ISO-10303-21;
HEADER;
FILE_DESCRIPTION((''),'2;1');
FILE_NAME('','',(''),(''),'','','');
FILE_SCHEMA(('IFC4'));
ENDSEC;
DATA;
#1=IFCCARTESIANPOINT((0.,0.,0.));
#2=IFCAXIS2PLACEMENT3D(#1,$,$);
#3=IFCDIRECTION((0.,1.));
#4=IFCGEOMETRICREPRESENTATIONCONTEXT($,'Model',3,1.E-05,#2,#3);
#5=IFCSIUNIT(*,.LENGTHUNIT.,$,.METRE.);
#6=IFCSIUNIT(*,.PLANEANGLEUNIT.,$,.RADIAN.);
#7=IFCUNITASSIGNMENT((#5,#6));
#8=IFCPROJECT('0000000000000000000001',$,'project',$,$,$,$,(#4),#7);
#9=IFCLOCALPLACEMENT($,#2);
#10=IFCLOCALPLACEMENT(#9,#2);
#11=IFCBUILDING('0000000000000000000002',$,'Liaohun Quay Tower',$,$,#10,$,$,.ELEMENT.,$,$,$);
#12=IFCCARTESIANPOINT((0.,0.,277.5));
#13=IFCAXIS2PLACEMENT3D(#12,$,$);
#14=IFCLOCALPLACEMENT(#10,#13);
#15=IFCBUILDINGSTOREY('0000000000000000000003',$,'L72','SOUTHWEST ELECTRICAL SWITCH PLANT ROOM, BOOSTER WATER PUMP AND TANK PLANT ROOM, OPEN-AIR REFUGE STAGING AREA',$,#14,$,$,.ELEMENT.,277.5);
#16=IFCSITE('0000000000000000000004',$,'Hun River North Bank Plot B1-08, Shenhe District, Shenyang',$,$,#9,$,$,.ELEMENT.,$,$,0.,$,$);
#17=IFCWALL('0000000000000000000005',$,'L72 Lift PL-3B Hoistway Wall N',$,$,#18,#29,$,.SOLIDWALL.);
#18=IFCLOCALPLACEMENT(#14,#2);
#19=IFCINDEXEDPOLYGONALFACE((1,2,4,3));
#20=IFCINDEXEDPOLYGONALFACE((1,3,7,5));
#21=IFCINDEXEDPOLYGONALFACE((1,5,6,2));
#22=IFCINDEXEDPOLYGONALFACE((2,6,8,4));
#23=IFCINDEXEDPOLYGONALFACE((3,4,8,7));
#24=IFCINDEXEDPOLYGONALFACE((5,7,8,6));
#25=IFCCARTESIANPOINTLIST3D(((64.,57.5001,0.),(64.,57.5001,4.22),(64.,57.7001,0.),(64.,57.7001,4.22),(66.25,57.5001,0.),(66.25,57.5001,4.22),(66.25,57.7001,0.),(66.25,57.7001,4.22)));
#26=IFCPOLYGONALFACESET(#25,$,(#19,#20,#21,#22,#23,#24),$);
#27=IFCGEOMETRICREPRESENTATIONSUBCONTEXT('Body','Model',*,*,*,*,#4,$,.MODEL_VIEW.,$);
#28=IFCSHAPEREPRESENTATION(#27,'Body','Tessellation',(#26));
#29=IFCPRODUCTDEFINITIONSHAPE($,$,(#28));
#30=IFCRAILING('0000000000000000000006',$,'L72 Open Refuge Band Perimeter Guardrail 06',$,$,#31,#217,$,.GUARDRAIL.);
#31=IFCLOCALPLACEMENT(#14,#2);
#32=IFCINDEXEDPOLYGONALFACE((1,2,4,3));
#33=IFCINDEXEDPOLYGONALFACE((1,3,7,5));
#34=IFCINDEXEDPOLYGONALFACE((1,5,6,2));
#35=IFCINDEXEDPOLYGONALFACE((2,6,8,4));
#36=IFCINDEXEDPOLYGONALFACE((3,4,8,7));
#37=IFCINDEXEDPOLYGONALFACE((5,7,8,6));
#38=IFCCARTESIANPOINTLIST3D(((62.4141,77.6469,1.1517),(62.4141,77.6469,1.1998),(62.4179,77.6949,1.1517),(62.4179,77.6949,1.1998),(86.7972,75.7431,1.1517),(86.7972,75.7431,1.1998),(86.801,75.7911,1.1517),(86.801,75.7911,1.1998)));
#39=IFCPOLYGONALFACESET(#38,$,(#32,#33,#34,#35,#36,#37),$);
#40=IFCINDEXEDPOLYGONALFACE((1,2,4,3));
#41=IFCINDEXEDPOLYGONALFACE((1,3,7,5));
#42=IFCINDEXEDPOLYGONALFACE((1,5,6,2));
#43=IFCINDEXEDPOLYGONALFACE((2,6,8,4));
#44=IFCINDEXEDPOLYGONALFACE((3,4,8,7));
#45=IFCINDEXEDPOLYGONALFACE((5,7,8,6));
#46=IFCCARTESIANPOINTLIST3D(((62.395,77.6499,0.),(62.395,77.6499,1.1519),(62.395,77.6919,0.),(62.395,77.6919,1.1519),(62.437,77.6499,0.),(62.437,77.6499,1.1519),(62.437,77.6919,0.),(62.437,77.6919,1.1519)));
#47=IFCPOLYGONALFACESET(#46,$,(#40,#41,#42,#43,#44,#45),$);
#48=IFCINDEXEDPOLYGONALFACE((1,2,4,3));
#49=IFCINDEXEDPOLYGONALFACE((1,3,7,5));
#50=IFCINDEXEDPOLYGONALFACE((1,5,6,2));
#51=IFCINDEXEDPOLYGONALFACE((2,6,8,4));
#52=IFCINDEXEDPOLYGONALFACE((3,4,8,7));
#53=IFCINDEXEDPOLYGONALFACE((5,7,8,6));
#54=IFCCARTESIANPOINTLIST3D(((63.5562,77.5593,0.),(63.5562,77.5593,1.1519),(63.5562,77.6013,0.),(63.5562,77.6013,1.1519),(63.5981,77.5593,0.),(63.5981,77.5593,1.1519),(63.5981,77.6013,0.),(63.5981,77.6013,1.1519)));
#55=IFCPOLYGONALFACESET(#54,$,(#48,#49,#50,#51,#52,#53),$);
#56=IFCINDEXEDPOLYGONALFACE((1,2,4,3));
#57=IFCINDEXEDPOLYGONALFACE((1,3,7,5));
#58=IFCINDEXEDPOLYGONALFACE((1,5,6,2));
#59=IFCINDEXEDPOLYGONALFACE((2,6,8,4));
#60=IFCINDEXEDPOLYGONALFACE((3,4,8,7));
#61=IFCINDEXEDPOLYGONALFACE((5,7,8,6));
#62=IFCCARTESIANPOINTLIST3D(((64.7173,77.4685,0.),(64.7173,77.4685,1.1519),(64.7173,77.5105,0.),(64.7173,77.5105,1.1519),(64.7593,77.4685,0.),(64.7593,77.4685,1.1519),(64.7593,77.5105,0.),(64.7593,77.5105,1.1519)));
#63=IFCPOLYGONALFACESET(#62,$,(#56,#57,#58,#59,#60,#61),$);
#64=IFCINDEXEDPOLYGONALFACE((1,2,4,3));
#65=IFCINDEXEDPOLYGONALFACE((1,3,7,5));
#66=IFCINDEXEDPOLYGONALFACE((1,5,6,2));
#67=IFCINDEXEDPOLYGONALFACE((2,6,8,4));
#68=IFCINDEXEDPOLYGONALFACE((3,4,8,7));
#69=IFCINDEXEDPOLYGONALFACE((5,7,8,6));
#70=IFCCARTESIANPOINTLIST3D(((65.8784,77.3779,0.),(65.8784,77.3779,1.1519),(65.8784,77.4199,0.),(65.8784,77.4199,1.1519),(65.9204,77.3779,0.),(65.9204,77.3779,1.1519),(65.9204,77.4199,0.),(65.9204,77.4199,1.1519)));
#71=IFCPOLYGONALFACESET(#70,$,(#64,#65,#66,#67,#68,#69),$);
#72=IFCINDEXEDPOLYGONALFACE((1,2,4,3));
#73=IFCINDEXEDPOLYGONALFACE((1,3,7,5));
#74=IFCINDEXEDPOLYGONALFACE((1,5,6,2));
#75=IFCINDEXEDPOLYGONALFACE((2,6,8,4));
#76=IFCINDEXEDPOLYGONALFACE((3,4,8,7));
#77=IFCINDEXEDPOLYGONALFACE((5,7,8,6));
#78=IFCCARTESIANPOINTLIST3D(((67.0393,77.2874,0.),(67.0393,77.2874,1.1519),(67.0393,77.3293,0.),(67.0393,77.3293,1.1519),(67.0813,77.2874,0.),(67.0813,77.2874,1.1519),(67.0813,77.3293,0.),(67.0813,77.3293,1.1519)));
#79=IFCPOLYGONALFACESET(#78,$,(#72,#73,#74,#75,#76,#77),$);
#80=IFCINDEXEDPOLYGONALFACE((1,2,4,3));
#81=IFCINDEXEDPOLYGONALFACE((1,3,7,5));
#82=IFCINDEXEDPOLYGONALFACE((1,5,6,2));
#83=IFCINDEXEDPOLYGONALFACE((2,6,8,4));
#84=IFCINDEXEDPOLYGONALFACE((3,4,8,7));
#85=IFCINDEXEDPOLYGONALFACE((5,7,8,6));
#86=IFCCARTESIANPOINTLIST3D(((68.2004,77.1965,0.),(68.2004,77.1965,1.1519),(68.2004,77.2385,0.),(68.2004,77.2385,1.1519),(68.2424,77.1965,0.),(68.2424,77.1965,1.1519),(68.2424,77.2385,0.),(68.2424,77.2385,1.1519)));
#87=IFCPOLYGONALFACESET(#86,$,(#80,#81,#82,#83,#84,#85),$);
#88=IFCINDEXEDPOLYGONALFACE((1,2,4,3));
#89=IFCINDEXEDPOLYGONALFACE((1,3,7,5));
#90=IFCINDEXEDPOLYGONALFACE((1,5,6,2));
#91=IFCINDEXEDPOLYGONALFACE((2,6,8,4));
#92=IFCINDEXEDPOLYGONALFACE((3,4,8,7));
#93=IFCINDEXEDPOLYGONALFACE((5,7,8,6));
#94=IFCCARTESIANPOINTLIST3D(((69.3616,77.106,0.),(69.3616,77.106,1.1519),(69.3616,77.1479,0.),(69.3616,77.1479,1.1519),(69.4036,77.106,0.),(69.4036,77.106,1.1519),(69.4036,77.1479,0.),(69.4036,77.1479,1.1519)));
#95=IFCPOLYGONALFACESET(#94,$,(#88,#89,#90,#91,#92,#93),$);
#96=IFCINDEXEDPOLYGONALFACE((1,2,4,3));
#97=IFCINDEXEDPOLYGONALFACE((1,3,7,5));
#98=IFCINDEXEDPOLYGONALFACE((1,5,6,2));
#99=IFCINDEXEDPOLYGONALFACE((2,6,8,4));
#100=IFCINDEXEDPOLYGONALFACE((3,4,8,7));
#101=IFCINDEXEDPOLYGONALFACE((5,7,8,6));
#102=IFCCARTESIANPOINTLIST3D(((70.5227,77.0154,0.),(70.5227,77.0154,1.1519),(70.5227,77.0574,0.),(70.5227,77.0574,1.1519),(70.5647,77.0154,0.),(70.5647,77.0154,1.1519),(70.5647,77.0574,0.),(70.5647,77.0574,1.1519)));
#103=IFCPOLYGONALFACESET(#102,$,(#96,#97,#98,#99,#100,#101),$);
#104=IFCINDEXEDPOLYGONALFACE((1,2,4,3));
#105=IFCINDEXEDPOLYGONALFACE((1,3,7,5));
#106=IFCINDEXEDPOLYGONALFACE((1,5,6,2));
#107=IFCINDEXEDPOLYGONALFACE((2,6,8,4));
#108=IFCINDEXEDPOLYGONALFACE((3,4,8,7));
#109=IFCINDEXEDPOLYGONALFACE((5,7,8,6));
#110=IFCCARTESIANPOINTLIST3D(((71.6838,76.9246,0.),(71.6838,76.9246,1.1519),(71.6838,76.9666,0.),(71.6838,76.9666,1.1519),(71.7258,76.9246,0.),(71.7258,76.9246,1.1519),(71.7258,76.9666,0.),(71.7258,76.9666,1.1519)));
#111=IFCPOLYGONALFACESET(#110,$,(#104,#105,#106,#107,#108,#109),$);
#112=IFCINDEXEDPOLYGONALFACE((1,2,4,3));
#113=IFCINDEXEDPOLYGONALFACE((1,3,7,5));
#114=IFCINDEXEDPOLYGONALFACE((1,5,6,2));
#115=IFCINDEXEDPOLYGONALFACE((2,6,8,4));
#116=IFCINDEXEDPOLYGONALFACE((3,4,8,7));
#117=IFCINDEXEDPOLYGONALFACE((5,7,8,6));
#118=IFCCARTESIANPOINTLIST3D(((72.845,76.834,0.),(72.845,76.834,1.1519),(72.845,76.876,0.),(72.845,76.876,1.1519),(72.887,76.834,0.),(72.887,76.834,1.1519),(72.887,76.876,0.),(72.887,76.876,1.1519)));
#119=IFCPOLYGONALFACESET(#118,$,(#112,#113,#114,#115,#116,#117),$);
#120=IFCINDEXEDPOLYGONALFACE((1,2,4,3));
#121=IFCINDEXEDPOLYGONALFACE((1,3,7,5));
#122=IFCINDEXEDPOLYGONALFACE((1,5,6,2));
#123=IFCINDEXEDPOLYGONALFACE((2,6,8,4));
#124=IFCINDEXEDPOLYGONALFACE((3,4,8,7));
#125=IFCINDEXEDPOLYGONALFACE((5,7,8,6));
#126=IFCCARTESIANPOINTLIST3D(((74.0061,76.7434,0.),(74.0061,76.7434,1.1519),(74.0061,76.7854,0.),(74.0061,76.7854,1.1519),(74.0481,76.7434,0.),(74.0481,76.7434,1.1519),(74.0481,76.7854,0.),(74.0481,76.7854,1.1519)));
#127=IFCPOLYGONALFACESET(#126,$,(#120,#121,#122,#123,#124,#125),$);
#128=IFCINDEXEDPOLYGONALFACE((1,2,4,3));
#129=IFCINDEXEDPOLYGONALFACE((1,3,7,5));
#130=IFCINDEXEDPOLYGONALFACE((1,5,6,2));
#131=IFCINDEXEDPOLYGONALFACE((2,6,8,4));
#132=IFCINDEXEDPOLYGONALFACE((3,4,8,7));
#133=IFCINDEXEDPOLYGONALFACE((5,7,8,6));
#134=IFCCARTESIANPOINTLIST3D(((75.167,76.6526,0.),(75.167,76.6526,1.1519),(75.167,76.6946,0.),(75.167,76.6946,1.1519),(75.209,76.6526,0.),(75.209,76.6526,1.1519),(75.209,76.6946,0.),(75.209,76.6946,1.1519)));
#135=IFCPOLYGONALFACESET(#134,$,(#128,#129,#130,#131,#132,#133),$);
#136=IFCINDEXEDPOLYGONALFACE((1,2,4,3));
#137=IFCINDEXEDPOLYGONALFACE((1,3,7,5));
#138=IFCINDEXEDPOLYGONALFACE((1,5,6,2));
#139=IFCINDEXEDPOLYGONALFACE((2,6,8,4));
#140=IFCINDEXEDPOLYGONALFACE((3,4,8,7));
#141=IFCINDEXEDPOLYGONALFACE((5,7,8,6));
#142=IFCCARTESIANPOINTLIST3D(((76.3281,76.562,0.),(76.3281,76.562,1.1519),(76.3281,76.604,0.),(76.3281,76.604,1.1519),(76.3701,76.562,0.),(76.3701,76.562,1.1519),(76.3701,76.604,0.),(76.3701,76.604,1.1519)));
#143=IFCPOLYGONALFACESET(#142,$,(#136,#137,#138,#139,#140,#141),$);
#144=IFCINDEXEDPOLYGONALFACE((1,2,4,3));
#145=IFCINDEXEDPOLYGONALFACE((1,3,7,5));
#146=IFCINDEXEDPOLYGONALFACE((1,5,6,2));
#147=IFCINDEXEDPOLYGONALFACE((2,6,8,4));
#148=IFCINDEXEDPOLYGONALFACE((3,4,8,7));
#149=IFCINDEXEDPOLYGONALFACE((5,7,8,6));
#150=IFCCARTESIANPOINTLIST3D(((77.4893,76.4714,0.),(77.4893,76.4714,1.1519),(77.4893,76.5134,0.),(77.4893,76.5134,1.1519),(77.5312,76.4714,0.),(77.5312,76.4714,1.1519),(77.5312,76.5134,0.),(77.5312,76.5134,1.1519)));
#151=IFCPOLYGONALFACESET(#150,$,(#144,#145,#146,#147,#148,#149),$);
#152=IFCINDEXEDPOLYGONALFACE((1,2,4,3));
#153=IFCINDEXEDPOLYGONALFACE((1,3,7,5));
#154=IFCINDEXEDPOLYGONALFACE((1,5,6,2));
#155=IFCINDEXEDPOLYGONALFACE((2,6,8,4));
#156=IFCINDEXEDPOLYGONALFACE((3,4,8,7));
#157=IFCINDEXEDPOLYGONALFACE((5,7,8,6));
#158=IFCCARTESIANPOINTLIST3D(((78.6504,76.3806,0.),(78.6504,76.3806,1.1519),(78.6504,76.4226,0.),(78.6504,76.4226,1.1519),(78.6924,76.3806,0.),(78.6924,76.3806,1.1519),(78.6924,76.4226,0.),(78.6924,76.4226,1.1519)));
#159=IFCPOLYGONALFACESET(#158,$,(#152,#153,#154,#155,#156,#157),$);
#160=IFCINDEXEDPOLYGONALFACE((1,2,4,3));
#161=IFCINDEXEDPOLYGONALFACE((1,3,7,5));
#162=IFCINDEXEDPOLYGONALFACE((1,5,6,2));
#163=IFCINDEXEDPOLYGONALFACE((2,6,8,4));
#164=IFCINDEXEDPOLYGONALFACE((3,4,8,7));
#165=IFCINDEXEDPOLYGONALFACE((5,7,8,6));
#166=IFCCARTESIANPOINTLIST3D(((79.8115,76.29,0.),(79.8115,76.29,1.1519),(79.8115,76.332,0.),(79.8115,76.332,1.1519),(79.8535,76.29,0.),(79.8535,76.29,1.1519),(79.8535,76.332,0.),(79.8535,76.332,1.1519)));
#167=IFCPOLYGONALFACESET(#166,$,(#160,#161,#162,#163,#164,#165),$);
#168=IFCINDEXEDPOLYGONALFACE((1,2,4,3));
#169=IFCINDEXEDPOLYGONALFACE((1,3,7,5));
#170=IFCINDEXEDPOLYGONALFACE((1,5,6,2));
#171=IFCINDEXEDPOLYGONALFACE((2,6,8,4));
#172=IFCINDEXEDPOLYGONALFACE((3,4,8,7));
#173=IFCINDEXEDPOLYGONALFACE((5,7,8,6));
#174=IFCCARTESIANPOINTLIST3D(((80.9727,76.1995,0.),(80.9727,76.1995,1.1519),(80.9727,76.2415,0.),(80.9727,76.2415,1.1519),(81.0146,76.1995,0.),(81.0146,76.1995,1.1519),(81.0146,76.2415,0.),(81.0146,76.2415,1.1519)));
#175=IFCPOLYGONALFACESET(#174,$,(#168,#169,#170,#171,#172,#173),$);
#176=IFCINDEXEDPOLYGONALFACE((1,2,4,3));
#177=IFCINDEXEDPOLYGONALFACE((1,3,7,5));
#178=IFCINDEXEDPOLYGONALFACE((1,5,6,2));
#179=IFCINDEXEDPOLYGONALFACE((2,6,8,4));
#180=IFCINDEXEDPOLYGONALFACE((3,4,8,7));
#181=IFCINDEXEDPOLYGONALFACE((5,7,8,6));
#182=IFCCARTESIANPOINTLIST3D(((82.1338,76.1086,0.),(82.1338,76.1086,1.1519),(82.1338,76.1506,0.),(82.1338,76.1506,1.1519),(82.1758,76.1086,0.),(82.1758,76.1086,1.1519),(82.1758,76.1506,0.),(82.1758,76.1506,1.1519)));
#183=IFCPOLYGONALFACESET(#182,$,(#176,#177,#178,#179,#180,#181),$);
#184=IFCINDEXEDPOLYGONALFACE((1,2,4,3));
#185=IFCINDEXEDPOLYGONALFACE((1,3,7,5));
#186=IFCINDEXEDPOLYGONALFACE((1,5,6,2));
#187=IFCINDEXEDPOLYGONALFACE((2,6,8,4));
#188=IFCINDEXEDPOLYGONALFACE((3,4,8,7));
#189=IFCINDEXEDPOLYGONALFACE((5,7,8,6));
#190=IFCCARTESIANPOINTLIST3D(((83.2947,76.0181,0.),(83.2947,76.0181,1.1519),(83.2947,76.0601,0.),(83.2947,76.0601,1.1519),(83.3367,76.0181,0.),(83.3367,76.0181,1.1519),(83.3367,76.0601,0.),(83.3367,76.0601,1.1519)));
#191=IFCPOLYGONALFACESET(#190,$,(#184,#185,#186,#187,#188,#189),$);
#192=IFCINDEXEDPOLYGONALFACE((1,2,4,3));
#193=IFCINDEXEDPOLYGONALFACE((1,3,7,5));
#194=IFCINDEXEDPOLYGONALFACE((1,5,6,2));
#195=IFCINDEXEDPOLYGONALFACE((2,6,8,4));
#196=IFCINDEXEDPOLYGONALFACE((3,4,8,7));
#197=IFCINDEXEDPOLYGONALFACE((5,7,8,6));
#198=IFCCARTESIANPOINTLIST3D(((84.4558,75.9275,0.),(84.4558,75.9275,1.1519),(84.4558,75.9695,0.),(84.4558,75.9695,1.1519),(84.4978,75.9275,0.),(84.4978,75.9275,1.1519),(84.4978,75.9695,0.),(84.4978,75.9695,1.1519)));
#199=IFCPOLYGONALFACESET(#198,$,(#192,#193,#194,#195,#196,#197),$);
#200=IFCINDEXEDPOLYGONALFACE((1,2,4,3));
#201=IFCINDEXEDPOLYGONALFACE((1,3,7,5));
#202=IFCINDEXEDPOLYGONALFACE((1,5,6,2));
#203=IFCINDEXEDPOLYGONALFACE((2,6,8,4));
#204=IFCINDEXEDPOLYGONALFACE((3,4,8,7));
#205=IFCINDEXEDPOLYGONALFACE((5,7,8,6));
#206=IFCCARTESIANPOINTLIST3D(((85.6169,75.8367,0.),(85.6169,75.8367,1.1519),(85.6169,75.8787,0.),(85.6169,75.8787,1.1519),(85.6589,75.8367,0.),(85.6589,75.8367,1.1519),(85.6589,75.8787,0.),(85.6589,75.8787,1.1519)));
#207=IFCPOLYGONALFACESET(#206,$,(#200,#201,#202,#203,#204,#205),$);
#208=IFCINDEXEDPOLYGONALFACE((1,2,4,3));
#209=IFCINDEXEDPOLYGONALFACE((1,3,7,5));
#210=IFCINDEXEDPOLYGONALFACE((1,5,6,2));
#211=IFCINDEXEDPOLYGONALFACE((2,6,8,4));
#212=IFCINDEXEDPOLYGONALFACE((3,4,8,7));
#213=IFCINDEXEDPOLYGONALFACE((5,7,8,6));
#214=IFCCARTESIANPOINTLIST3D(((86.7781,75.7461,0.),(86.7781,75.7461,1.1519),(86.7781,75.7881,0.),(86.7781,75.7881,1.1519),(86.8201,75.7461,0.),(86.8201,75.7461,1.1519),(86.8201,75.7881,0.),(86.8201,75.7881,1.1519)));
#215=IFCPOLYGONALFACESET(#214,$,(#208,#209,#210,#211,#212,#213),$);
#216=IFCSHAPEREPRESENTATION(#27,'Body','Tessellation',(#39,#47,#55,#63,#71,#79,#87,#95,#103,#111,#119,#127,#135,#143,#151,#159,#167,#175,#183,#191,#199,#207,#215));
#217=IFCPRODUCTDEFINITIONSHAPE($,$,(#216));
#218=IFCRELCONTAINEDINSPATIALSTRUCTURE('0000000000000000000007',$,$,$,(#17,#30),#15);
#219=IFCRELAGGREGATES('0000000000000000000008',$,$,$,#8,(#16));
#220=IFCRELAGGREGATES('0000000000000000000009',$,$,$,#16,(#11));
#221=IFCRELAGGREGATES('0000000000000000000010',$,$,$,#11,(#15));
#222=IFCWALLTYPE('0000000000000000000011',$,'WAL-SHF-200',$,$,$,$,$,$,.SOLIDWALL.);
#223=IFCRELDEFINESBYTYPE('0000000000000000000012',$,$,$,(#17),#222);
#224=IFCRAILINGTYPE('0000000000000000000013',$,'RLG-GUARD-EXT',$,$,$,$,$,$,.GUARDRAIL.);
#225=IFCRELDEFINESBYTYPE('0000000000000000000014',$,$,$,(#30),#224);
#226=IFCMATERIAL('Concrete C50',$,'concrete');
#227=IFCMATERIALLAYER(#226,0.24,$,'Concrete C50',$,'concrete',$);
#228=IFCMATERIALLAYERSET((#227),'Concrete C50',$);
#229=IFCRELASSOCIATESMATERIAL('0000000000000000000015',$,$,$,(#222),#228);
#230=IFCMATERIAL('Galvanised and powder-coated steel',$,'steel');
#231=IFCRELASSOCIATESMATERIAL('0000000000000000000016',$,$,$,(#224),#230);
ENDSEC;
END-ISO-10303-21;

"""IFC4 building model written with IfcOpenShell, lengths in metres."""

from ifc_helpers import new_model, si_unit, direction, frame, frame_2d, origin, origin_2d, place, context, subcontext, project, spatial, rectangle, extrude, material, layer, layer_set, type_object, element, save


model = new_model("IFC4")

# Units and contexts
model_context = context("Model", 3, precision=1e-05, world=origin(), true_north=direction((0.0, 1.0)))
body_context = subcontext(model_context, "Body", "Model", "MODEL_VIEW")
ifc_project = project(units=[si_unit("LENGTHUNIT", "METRE"), si_unit("PLANEANGLEUNIT", "RADIAN")], contexts=[model_context])

# Site, building, storey
site_placement = place(None, origin())
site = spatial("IfcSite", under=ifc_project, at=site_placement, Name="Hun River North Bank Plot B1-08, Shenhe District, Shenyang", CompositionType="ELEMENT", RefElevation=0.0)
building_placement = place(site_placement, origin())
building = spatial("IfcBuilding", under=site, at=building_placement, Name="Liaohun Quay Tower", CompositionType="ELEMENT")
storey_placement = place(building_placement, frame((0.0, 0.0, 277.5)))
storey = spatial("IfcBuildingStorey", under=building, at=storey_placement, Name="L72", Description="SOUTHWEST ELECTRICAL SWITCH PLANT ROOM, BOOSTER WATER PUMP AND TANK PLANT ROOM, OPEN-AIR REFUGE STAGING AREA", CompositionType="ELEMENT", Elevation=277.5)

# Shared definitions
ifc_material_1 = material(Name="Concrete C50", Category="concrete")
ifc_layer_1 = layer(ifc_material_1, 0.24, Name="Concrete C50", Category="concrete")
ifc_layer_set_1 = layer_set([ifc_layer_1], Name="Concrete C50")
wall_type_1 = type_object("IfcWallType", Name="WAL-SHF-200", PredefinedType="SOLIDWALL", material=ifc_layer_set_1)

# Wall
wall_1_placement = place(storey_placement, frame((66.25, 57.6001, 0.0), z_axis=(0.0, 0.0, 1.0), x_axis=(-1.0, 0.0, 0.0)))
element("IfcWall", 1, at=wall_1_placement, inside=storey, type_object=wall_type_1, Name="L72 Lift PL-3B Hoistway Wall N", PredefinedType="SOLIDWALL", context=body_context, shape_type="SweptSolid", body=[
    extrude(rectangle(XDim=2.25, YDim=0.2, at=frame_2d((1.125, 0.0))), origin(), (0.0, 0.0, 1.0), 4.22),
])

# Railing
ifc_material_2 = material(Name="Galvanised and powder-coated steel", Category="steel")
railing_type_1 = type_object("IfcRailingType", Name="RLG-GUARD-EXT", PredefinedType="GUARDRAIL", material=ifc_material_2)
railing_1_placement = place(storey_placement, frame((62.416, 77.6709, 0.0)))
element("IfcRailing", 2, at=railing_1_placement, inside=storey, type_object=railing_type_1, Name="L72 Open Refuge Band Perimeter Guardrail 06", PredefinedType="GUARDRAIL", context=body_context, shape_type="SweptSolid", body=[
    extrude(rectangle(XDim=0.0481, YDim=0.0481, at=origin_2d()), frame((0.0, 0.0, 1.1758), z_axis=(0.996966, -0.077842, 0.0), x_axis=(0.077842, 0.996966, 0.0)), (0.0, 0.0, 1.0), 24.4573),
    extrude(rectangle(XDim=0.042, YDim=0.042, at=origin_2d()), origin(), (0.0, 0.0, 1.0), 1.1519),
    extrude(rectangle(XDim=0.042, YDim=0.042, at=origin_2d()), frame((1.1611, -0.0906, 0.0)), (0.0, 0.0, 1.0), 1.1519),
    extrude(rectangle(XDim=0.042, YDim=0.042, at=origin_2d()), frame((2.3223, -0.1814, 0.0)), (0.0, 0.0, 1.0), 1.1519),
    extrude(rectangle(XDim=0.042, YDim=0.042, at=origin_2d()), frame((3.4834, -0.272, 0.0)), (0.0, 0.0, 1.0), 1.1519),
    extrude(rectangle(XDim=0.042, YDim=0.042, at=origin_2d()), frame((4.6443, -0.3625, 0.0)), (0.0, 0.0, 1.0), 1.1519),
    extrude(rectangle(XDim=0.042, YDim=0.042, at=origin_2d()), frame((5.8054, -0.4534, 0.0)), (0.0, 0.0, 1.0), 1.1519),
    extrude(rectangle(XDim=0.042, YDim=0.042, at=origin_2d()), frame((6.9666, -0.5439, 0.0)), (0.0, 0.0, 1.0), 1.1519),
    extrude(rectangle(XDim=0.042, YDim=0.042, at=origin_2d()), frame((8.1277, -0.6345, 0.0)), (0.0, 0.0, 1.0), 1.1519),
    extrude(rectangle(XDim=0.042, YDim=0.042, at=origin_2d()), frame((9.2888, -0.7253, 0.0)), (0.0, 0.0, 1.0), 1.1519),
    extrude(rectangle(XDim=0.042, YDim=0.042, at=origin_2d()), frame((10.45, -0.8159, 0.0)), (0.0, 0.0, 1.0), 1.1519),
    extrude(rectangle(XDim=0.042, YDim=0.042, at=origin_2d()), frame((11.6111, -0.9065, 0.0)), (0.0, 0.0, 1.0), 1.1519),
    extrude(rectangle(XDim=0.042, YDim=0.042, at=origin_2d()), frame((12.772, -0.9973, 0.0)), (0.0, 0.0, 1.0), 1.1519),
    extrude(rectangle(XDim=0.042, YDim=0.042, at=origin_2d()), frame((13.9331, -1.0879, 0.0)), (0.0, 0.0, 1.0), 1.1519),
    extrude(rectangle(XDim=0.042, YDim=0.042, at=origin_2d()), frame((15.0942, -1.1785, 0.0)), (0.0, 0.0, 1.0), 1.1519),
    extrude(rectangle(XDim=0.042, YDim=0.042, at=origin_2d()), frame((16.2554, -1.2693, 0.0)), (0.0, 0.0, 1.0), 1.1519),
    extrude(rectangle(XDim=0.042, YDim=0.042, at=origin_2d()), frame((17.4165, -1.3599, 0.0)), (0.0, 0.0, 1.0), 1.1519),
    extrude(rectangle(XDim=0.042, YDim=0.042, at=origin_2d()), frame((18.5776, -1.4504, 0.0)), (0.0, 0.0, 1.0), 1.1519),
    extrude(rectangle(XDim=0.042, YDim=0.042, at=origin_2d()), frame((19.7388, -1.5413, 0.0)), (0.0, 0.0, 1.0), 1.1519),
    extrude(rectangle(XDim=0.042, YDim=0.042, at=origin_2d()), frame((20.8997, -1.6318, 0.0)), (0.0, 0.0, 1.0), 1.1519),
    extrude(rectangle(XDim=0.042, YDim=0.042, at=origin_2d()), frame((22.0608, -1.7224, 0.0)), (0.0, 0.0, 1.0), 1.1519),
    extrude(rectangle(XDim=0.042, YDim=0.042, at=origin_2d()), frame((23.2219, -1.8132, 0.0)), (0.0, 0.0, 1.0), 1.1519),
    extrude(rectangle(XDim=0.042, YDim=0.042, at=origin_2d()), frame((24.3831, -1.9038, 0.0)), (0.0, 0.0, 1.0), 1.1519),
])

save(model, "model.ifc")
